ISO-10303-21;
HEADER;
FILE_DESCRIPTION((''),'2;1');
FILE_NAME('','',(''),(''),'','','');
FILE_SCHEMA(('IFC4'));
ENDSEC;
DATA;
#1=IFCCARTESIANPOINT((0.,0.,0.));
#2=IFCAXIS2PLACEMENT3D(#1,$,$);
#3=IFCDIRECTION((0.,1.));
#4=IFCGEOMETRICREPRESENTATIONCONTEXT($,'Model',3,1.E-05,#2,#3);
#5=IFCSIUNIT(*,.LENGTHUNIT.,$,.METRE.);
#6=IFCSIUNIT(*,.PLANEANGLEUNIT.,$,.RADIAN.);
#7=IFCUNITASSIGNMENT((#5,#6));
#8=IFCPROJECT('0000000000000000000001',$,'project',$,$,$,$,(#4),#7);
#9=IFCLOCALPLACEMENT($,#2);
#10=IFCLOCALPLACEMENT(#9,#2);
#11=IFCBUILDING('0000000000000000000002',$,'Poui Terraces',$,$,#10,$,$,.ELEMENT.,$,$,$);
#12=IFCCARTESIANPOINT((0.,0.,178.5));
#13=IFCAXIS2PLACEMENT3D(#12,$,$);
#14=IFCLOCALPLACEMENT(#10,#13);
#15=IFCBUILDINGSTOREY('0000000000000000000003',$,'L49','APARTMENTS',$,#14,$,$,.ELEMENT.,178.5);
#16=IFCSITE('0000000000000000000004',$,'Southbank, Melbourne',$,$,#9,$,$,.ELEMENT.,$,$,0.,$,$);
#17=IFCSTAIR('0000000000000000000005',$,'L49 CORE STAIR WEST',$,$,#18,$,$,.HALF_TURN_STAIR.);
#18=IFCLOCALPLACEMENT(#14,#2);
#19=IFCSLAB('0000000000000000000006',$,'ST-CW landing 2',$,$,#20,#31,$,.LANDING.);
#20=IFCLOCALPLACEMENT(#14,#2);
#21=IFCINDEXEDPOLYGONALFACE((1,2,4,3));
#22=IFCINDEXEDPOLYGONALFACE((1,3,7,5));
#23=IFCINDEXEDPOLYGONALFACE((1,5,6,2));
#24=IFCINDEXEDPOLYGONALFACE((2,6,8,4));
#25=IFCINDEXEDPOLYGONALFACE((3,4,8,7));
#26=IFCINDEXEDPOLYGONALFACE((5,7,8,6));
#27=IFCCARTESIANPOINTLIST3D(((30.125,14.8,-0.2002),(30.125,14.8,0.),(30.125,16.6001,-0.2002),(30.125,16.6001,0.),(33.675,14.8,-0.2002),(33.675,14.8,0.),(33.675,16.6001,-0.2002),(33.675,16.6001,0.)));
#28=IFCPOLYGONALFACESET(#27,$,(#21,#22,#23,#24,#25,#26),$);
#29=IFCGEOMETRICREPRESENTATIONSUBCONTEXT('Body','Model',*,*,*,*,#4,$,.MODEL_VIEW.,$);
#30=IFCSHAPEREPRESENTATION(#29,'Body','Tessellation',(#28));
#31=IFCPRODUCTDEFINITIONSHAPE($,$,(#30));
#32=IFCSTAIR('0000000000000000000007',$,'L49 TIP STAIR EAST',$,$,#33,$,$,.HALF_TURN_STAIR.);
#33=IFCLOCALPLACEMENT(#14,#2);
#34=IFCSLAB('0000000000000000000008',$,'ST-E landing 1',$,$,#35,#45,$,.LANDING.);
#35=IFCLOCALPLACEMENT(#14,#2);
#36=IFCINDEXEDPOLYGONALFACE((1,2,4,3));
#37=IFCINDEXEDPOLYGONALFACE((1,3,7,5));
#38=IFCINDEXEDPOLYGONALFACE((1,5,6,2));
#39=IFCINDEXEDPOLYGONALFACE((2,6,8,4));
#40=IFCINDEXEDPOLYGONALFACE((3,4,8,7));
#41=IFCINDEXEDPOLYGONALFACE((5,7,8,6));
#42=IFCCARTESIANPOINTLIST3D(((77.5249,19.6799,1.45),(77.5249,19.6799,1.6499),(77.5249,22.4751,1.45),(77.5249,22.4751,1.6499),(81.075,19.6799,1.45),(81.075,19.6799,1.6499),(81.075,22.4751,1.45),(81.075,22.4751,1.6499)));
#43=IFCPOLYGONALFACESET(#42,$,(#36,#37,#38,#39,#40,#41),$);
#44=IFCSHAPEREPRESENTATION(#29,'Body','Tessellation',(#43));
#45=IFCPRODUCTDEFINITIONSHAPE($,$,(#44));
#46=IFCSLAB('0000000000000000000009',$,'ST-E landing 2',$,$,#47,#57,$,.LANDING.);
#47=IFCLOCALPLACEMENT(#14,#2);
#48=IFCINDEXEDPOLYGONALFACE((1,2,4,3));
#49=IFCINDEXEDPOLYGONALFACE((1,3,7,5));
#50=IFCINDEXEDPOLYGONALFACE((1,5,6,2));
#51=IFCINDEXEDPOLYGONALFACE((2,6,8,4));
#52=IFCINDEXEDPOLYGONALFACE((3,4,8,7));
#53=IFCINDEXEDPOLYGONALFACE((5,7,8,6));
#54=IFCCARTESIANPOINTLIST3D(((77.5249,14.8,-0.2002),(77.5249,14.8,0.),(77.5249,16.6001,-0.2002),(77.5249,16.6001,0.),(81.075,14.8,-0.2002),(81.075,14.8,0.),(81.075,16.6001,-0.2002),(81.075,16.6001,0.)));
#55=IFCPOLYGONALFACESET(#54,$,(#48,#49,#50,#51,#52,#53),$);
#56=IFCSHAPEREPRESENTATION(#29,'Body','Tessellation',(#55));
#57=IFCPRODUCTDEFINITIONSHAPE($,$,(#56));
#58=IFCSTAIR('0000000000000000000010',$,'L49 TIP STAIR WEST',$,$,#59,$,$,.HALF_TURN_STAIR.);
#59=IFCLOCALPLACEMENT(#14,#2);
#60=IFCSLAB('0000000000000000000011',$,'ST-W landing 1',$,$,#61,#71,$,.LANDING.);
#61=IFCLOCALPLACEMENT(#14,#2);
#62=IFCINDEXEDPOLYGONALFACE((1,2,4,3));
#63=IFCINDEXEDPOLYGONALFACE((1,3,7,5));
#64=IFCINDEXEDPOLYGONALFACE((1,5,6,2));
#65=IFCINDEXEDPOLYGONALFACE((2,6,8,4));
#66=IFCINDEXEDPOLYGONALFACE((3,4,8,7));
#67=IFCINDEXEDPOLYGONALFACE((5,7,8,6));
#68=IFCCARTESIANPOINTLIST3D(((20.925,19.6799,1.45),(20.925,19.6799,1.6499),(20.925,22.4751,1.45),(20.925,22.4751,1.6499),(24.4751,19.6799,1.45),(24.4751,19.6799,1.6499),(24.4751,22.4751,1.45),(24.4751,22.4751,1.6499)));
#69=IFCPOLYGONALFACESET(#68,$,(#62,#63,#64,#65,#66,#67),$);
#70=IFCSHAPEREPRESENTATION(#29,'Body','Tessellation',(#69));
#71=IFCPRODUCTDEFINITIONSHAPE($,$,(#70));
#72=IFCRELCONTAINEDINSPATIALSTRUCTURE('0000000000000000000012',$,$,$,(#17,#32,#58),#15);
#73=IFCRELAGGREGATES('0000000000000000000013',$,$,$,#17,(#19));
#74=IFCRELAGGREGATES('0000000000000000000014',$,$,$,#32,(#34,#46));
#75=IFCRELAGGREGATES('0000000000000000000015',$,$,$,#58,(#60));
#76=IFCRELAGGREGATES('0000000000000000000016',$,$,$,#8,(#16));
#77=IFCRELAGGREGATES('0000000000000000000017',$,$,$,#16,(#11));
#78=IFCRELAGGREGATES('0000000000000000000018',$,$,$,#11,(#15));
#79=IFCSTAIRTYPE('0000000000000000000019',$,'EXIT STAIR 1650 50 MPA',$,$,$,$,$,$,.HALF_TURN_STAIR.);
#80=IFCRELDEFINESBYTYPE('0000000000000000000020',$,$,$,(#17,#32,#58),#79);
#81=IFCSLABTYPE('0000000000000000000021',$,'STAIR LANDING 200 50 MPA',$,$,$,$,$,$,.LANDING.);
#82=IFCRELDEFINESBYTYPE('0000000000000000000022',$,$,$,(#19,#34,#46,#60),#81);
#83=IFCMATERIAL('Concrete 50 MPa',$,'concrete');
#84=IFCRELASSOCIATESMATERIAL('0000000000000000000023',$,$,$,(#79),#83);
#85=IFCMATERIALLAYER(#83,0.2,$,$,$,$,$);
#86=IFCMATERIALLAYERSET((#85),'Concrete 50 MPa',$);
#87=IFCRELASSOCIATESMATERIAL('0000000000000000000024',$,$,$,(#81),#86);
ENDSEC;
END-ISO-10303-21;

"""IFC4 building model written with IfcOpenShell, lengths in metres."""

from ifc_helpers import new_model, si_unit, direction, frame, origin, place, context, subcontext, project, spatial, polyline, outline, extrude, material, layer, layer_set, type_object, element, aggregate, save


model = new_model("IFC4")

# Units and contexts
model_context = context("Model", 3, precision=1e-05, world=origin(), true_north=direction((0.0, 1.0)))
body_context = subcontext(model_context, "Body", "Model", "MODEL_VIEW")
ifc_project = project(units=[si_unit("LENGTHUNIT", "METRE"), si_unit("PLANEANGLEUNIT", "RADIAN")], contexts=[model_context])

# Site, building, storey
site_placement = place(None, origin())
site = spatial("IfcSite", under=ifc_project, at=site_placement, Name="Southbank, Melbourne", CompositionType="ELEMENT", RefElevation=0.0)
building_placement = place(site_placement, origin())
building = spatial("IfcBuilding", under=site, at=building_placement, Name="Poui Terraces", CompositionType="ELEMENT")
storey_placement = place(building_placement, frame((0.0, 0.0, 178.5)))
storey = spatial("IfcBuildingStorey", under=building, at=storey_placement, Name="L49", Description="APARTMENTS", CompositionType="ELEMENT", Elevation=178.5)

# Stair, slab
ifc_material = material(Name="Concrete 50 MPa", Category="concrete")
stair_type = type_object("IfcStairType", Name="EXIT STAIR 1650 50 MPA", PredefinedType="HALF_TURN_STAIR", material=ifc_material)
stair_1_placement = place(storey_placement, origin())
stair_1 = element("IfcStair", 1, at=stair_1_placement, inside=storey, type_object=stair_type, Name="L49 CORE STAIR WEST", PredefinedType="HALF_TURN_STAIR")
ifc_layer = layer(ifc_material, 0.2)
ifc_layer_set = layer_set([ifc_layer], Name="Concrete 50 MPa")
slab_type = type_object("IfcSlabType", Name="STAIR LANDING 200 50 MPA", PredefinedType="LANDING", material=ifc_layer_set)
slab_1_placement = place(storey_placement, frame((0.0, 0.0, -0.2002)))
slab_1 = element("IfcSlab", 2, at=slab_1_placement, type_object=slab_type, Name="ST-CW landing 2", PredefinedType="LANDING", context=body_context, shape_type="SweptSolid", body=[
    extrude(outline(polyline([(30.125, 14.8), (33.675, 14.8), (33.675, 16.6001), (30.125, 16.6001), (30.125, 14.8)])), origin(), (0.0, 0.0, 1.0), 0.2002),
])
aggregate(stair_1, [slab_1])

# Stair, slabs
stair_2_placement = place(storey_placement, origin())
stair_2 = element("IfcStair", 3, at=stair_2_placement, inside=storey, type_object=stair_type, Name="L49 TIP STAIR EAST", PredefinedType="HALF_TURN_STAIR")
slab_2_placement = place(storey_placement, frame((0.0, 0.0, 1.45)))
slab_2 = element("IfcSlab", 4, at=slab_2_placement, type_object=slab_type, Name="ST-E landing 1", PredefinedType="LANDING", context=body_context, shape_type="SweptSolid", body=[
    extrude(outline(polyline([(77.5249, 19.6799), (81.075, 19.6799), (81.075, 22.4751), (77.5249, 22.4751), (77.5249, 19.6799)])), origin(), (0.0, 0.0, 1.0), 0.2),
])
slab_3_placement = place(storey_placement, frame((0.0, 0.0, -0.2002)))
slab_3 = element("IfcSlab", 5, at=slab_3_placement, type_object=slab_type, Name="ST-E landing 2", PredefinedType="LANDING", context=body_context, shape_type="SweptSolid", body=[
    extrude(outline(polyline([(77.5249, 14.8), (81.075, 14.8), (81.075, 16.6001), (77.5249, 16.6001), (77.5249, 14.8)])), origin(), (0.0, 0.0, 1.0), 0.2002),
])
aggregate(stair_2, [slab_2, slab_3])

# Stair, slab
stair_3_placement = place(storey_placement, origin())
stair_3 = element("IfcStair", 6, at=stair_3_placement, inside=storey, type_object=stair_type, Name="L49 TIP STAIR WEST", PredefinedType="HALF_TURN_STAIR")
slab_4_placement = place(storey_placement, frame((0.0, 0.0, 1.45)))
slab_4 = element("IfcSlab", 7, at=slab_4_placement, type_object=slab_type, Name="ST-W landing 1", PredefinedType="LANDING", context=body_context, shape_type="SweptSolid", body=[
    extrude(outline(polyline([(20.925, 19.6799), (24.4751, 19.6799), (24.4751, 22.4751), (20.925, 22.4751), (20.925, 19.6799)])), origin(), (0.0, 0.0, 1.0), 0.2),
])
aggregate(stair_3, [slab_4])

save(model, "model.ifc")
